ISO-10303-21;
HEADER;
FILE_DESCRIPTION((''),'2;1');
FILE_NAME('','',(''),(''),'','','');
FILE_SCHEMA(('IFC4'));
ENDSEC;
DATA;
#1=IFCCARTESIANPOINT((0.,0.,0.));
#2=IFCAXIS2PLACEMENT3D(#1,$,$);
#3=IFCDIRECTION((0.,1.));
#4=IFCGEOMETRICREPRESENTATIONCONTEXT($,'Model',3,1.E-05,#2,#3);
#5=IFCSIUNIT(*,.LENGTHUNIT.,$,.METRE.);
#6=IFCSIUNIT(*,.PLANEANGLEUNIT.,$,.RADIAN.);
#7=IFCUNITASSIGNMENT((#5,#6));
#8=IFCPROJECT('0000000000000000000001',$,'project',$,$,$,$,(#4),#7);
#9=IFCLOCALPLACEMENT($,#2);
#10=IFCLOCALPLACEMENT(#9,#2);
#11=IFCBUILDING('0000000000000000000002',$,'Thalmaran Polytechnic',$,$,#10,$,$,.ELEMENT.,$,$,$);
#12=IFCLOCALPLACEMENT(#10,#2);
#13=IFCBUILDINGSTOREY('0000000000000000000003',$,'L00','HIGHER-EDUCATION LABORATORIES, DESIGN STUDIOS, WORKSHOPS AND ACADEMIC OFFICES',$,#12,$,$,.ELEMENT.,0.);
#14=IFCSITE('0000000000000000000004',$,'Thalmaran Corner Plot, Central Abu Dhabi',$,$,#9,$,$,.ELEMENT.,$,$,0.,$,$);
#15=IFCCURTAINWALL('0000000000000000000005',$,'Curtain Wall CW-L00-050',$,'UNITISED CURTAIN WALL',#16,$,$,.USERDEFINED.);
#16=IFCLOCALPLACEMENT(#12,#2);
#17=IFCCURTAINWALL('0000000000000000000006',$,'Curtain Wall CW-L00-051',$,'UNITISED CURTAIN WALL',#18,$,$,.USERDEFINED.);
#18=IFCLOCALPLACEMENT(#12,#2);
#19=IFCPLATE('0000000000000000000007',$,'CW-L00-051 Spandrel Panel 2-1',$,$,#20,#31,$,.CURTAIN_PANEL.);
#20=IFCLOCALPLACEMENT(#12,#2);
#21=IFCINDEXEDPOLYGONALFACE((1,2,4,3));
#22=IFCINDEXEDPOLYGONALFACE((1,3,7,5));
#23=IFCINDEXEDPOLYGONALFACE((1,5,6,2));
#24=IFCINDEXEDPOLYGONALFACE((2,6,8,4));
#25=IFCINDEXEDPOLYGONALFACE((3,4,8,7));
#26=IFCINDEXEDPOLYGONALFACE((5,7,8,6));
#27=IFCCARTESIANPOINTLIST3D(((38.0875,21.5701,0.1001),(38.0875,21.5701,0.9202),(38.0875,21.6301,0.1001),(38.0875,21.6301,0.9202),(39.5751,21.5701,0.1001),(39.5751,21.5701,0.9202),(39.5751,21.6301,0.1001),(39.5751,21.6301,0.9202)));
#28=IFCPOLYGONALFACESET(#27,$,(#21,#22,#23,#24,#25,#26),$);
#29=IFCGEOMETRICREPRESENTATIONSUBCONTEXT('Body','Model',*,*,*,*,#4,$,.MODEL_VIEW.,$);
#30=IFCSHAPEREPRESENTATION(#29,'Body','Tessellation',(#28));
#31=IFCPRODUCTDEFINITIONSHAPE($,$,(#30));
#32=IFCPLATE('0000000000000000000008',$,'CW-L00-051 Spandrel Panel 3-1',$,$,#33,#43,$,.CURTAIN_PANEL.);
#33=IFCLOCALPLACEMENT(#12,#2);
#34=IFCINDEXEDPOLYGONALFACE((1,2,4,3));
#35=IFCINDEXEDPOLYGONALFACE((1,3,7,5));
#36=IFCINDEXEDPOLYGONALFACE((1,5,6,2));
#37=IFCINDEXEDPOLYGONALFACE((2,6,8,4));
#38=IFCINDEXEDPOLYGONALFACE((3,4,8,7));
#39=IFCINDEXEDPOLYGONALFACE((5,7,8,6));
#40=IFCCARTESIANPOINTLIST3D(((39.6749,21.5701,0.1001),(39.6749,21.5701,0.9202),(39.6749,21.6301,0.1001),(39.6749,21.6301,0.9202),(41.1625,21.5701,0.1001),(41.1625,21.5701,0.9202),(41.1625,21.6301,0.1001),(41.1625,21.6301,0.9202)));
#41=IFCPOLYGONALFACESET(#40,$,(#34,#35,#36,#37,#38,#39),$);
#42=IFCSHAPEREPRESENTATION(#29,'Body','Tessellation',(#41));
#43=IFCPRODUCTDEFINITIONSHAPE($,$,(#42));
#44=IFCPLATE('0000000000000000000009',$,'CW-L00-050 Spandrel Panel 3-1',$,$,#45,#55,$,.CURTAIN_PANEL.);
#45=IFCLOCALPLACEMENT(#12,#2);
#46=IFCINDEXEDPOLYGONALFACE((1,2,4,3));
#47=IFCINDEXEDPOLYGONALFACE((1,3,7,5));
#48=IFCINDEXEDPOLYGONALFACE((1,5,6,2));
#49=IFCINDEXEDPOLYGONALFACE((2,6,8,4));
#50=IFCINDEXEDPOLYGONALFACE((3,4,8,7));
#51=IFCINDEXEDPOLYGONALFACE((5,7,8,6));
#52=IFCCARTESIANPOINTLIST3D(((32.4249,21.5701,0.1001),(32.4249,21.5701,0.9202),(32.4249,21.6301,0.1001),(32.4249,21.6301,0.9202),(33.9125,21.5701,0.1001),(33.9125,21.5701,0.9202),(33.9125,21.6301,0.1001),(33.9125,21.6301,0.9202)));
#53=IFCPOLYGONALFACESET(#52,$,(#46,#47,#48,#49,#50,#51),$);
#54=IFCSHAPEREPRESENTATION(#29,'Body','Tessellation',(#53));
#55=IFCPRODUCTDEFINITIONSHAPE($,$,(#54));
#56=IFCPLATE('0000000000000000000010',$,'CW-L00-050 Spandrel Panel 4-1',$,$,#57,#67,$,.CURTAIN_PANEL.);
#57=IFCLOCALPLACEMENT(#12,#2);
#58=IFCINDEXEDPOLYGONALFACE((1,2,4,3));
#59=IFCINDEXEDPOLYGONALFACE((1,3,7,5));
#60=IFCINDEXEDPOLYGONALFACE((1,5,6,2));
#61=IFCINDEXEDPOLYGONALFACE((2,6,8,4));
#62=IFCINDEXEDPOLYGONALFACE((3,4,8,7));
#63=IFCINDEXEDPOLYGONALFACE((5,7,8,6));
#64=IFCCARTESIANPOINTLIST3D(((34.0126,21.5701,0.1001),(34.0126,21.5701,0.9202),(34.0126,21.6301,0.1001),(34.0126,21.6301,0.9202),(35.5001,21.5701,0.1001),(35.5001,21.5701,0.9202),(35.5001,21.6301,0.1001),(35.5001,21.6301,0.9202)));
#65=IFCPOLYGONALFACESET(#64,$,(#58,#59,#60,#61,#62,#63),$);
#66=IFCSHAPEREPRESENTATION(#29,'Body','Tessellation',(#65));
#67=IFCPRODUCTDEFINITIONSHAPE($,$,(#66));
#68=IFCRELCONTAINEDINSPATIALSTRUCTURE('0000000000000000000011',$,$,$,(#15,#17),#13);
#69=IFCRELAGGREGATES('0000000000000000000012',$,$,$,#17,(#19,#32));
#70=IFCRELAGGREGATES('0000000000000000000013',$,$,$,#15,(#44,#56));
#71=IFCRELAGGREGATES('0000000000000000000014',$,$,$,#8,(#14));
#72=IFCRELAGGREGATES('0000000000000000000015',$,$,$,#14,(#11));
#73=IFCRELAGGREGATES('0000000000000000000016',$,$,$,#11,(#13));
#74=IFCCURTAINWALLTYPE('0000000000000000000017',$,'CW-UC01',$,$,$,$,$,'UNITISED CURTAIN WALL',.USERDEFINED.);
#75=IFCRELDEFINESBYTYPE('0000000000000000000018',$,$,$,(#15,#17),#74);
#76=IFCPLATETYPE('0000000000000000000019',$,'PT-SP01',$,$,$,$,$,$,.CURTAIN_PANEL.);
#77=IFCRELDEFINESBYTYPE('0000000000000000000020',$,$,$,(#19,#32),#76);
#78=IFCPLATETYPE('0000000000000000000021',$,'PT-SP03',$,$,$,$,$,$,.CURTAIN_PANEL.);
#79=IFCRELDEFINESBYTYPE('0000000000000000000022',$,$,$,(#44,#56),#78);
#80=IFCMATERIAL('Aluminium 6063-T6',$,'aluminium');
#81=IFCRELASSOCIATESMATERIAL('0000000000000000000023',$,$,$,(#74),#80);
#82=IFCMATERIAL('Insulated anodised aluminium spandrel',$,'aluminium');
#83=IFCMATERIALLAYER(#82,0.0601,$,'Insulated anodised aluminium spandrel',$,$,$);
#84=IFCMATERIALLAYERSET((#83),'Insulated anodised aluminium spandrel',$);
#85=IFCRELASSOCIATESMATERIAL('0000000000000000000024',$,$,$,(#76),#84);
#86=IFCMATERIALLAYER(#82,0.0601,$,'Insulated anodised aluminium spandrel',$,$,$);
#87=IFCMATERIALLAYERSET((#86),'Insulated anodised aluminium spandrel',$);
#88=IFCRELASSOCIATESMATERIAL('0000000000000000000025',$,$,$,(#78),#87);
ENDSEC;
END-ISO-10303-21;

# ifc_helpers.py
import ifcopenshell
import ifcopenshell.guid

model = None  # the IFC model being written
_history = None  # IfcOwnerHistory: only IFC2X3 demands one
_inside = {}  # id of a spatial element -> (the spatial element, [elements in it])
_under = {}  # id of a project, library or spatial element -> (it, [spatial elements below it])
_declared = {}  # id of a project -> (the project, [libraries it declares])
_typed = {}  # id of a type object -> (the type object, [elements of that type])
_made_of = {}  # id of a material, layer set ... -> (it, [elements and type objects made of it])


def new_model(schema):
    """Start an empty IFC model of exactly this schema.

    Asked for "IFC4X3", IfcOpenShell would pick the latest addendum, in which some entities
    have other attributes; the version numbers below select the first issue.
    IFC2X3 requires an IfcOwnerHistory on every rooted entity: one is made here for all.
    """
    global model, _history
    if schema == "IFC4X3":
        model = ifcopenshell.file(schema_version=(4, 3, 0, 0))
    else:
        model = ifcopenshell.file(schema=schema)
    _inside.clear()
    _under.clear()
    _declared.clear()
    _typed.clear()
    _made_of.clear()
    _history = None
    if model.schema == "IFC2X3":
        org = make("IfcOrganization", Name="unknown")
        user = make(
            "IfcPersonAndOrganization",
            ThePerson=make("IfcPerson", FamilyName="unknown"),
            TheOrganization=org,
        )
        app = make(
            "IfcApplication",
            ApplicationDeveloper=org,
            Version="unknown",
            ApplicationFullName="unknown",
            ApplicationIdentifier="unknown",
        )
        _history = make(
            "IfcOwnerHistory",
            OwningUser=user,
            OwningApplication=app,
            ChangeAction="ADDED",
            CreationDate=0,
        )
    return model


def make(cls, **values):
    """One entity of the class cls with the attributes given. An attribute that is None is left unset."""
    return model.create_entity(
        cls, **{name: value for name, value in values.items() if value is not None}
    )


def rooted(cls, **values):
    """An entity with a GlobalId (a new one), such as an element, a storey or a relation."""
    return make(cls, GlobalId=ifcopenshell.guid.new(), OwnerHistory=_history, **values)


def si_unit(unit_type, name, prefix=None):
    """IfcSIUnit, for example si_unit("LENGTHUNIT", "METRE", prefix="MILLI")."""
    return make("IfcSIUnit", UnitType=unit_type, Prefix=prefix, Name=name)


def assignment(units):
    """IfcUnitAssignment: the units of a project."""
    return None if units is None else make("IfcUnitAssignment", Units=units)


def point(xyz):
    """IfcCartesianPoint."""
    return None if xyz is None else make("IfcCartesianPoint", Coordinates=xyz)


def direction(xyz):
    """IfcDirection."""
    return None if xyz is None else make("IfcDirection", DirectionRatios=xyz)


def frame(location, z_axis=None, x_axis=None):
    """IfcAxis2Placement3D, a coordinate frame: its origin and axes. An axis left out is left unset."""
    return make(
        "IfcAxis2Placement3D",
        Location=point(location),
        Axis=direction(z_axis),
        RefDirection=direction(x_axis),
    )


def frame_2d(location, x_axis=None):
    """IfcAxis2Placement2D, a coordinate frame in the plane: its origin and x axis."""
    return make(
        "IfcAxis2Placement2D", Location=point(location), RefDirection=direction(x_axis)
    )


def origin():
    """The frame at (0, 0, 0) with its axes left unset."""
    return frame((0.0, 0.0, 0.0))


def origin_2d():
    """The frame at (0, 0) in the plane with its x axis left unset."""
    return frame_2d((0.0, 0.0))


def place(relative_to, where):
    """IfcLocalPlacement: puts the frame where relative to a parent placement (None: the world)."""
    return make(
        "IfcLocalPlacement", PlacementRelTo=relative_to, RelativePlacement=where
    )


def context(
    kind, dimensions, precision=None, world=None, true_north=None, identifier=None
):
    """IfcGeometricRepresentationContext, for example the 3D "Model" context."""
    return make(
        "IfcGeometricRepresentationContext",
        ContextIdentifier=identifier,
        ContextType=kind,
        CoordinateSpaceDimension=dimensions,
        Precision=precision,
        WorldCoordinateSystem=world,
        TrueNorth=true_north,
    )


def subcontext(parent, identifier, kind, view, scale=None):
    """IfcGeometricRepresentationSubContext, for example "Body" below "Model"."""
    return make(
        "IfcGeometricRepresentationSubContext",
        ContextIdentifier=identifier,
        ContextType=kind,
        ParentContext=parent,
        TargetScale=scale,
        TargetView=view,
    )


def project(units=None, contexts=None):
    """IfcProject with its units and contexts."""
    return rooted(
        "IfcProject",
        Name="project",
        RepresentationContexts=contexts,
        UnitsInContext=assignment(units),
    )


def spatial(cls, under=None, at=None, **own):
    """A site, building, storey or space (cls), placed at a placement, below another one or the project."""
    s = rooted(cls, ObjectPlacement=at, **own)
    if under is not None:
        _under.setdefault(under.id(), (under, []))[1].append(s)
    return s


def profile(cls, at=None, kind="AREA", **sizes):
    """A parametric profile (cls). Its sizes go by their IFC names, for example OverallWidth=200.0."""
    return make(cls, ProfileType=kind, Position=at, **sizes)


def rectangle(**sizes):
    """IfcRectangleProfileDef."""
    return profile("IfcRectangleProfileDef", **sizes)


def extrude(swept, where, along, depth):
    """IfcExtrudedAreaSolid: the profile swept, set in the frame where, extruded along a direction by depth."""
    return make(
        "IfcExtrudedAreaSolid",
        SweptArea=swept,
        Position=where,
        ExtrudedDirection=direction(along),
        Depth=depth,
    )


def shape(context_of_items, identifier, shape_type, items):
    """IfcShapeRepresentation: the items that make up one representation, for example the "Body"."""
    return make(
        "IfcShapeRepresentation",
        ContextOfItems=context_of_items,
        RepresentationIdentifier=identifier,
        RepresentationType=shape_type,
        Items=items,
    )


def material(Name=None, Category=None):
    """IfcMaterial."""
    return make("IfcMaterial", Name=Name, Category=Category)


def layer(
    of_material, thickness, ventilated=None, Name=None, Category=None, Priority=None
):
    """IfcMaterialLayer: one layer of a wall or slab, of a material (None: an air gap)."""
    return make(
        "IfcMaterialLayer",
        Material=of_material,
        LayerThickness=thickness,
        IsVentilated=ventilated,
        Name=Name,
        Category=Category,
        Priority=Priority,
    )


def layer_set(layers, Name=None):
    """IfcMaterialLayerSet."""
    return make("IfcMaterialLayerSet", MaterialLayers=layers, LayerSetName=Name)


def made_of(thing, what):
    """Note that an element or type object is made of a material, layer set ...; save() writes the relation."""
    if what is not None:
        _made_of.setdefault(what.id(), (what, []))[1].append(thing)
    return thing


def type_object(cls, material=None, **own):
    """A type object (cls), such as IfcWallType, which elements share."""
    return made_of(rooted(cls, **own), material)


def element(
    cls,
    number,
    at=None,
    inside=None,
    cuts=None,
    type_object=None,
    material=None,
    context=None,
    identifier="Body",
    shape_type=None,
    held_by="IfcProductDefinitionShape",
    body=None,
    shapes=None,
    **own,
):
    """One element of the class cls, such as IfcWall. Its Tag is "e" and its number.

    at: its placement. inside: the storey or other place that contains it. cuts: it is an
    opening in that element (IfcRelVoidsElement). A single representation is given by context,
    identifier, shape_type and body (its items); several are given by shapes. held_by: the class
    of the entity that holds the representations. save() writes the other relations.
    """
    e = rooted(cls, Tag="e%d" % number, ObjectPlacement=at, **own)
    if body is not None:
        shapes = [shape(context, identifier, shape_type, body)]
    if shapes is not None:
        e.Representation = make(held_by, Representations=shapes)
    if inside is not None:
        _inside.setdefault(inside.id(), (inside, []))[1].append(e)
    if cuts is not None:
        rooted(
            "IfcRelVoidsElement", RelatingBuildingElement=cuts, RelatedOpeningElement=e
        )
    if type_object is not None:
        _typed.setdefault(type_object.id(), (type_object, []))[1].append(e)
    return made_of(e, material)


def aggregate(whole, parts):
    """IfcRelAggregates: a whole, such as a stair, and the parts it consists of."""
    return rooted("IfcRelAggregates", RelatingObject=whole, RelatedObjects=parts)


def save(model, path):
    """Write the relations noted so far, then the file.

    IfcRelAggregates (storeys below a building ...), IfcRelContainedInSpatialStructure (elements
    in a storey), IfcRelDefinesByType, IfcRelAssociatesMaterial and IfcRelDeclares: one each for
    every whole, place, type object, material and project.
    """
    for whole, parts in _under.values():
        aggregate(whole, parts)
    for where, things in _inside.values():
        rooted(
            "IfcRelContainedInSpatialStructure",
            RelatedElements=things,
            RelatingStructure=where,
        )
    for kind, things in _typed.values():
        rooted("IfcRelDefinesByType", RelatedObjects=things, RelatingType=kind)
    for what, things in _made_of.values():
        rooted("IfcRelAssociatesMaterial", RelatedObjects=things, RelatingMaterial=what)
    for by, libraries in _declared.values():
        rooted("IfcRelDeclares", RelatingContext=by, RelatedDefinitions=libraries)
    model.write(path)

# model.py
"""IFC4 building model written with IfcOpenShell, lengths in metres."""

from ifc_helpers import new_model, si_unit, direction, frame, origin, origin_2d, place, context, subcontext, project, spatial, rectangle, extrude, material, layer, layer_set, type_object, element, aggregate, save


model = new_model("IFC4")

# Units and contexts
model_context = context("Model", 3, precision=1e-05, world=origin(), true_north=direction((0.0, 1.0)))
body_context = subcontext(model_context, "Body", "Model", "MODEL_VIEW")
ifc_project = project(units=[si_unit("LENGTHUNIT", "METRE"), si_unit("PLANEANGLEUNIT", "RADIAN")], contexts=[model_context])

# Site, building, storey
site_placement = place(None, origin())
site = spatial("IfcSite", under=ifc_project, at=site_placement, Name="Thalmaran Corner Plot, Central Abu Dhabi", CompositionType="ELEMENT", RefElevation=0.0)
building_placement = place(site_placement, origin())
building = spatial("IfcBuilding", under=site, at=building_placement, Name="Thalmaran Polytechnic", CompositionType="ELEMENT")
storey_placement = place(building_placement, origin())
storey = spatial("IfcBuildingStorey", under=building, at=storey_placement, Name="L00", Description="HIGHER-EDUCATION LABORATORIES, DESIGN STUDIOS, WORKSHOPS AND ACADEMIC OFFICES", CompositionType="ELEMENT", Elevation=0.0)

# Curtain walls
ifc_material_1 = material(Name="Aluminium 6063-T6", Category="aluminium")
curtain_wall_type = type_object("IfcCurtainWallType", Name="CW-UC01", ElementType="UNITISED CURTAIN WALL", PredefinedType="USERDEFINED", material=ifc_material_1)
curtain_wall_1_placement = place(storey_placement, origin())
curtain_wall_1 = element("IfcCurtainWall", 1, at=curtain_wall_1_placement, inside=storey, type_object=curtain_wall_type, Name="Curtain Wall CW-L00-050", ObjectType="UNITISED CURTAIN WALL", PredefinedType="USERDEFINED")
curtain_wall_2_placement = place(storey_placement, origin())
curtain_wall_2 = element("IfcCurtainWall", 2, at=curtain_wall_2_placement, inside=storey, type_object=curtain_wall_type, Name="Curtain Wall CW-L00-051", ObjectType="UNITISED CURTAIN WALL", PredefinedType="USERDEFINED")

# Plates
ifc_material_2 = material(Name="Insulated anodised aluminium spandrel", Category="aluminium")
ifc_layer_1 = layer(ifc_material_2, 0.0601, Name="Insulated anodised aluminium spandrel")
ifc_layer_set_1 = layer_set([ifc_layer_1], Name="Insulated anodised aluminium spandrel")
plate_type_1 = type_object("IfcPlateType", Name="PT-SP01", PredefinedType="CURTAIN_PANEL", material=ifc_layer_set_1)
plate_1_placement = place(storey_placement, frame((38.8313, 21.6001, 0.1001), z_axis=(0.0, 0.0, 1.0), x_axis=(1.0, 0.0, 0.0)))
plate_1 = element("IfcPlate", 3, at=plate_1_placement, type_object=plate_type_1, Name="CW-L00-051 Spandrel Panel 2-1", PredefinedType="CURTAIN_PANEL", context=body_context, shape_type="SweptSolid", body=[
    extrude(rectangle(XDim=1.4875, YDim=0.0601, at=origin_2d()), origin(), (0.0, 0.0, 1.0), 0.8201),
])
plate_2_placement = place(storey_placement, frame((40.4187, 21.6001, 0.1001), z_axis=(0.0, 0.0, 1.0), x_axis=(1.0, 0.0, 0.0)))
plate_2 = element("IfcPlate", 4, at=plate_2_placement, type_object=plate_type_1, Name="CW-L00-051 Spandrel Panel 3-1", PredefinedType="CURTAIN_PANEL", context=body_context, shape_type="SweptSolid", body=[
    extrude(rectangle(XDim=1.4875, YDim=0.0601, at=origin_2d()), origin(), (0.0, 0.0, 1.0), 0.8201),
])
aggregate(curtain_wall_2, [plate_1, plate_2])
ifc_layer_2 = layer(ifc_material_2, 0.0601, Name="Insulated anodised aluminium spandrel")
ifc_layer_set_2 = layer_set([ifc_layer_2], Name="Insulated anodised aluminium spandrel")
plate_type_2 = type_object("IfcPlateType", Name="PT-SP03", PredefinedType="CURTAIN_PANEL", material=ifc_layer_set_2)
plate_3_placement = place(storey_placement, frame((33.1687, 21.6001, 0.1001), z_axis=(0.0, 0.0, 1.0), x_axis=(1.0, 0.0, 0.0)))
plate_3 = element("IfcPlate", 5, at=plate_3_placement, type_object=plate_type_2, Name="CW-L00-050 Spandrel Panel 3-1", PredefinedType="CURTAIN_PANEL", context=body_context, shape_type="SweptSolid", body=[
    extrude(rectangle(XDim=1.4875, YDim=0.0601, at=origin_2d()), origin(), (0.0, 0.0, 1.0), 0.8201),
])
plate_4_placement = place(storey_placement, frame((34.7563, 21.6001, 0.1001), z_axis=(0.0, 0.0, 1.0), x_axis=(1.0, 0.0, 0.0)))
plate_4 = element("IfcPlate", 6, at=plate_4_placement, type_object=plate_type_2, Name="CW-L00-050 Spandrel Panel 4-1", PredefinedType="CURTAIN_PANEL", context=body_context, shape_type="SweptSolid", body=[
    extrude(rectangle(XDim=1.4875, YDim=0.0601, at=origin_2d()), origin(), (0.0, 0.0, 1.0), 0.8201),
])
aggregate(curtain_wall_1, [plate_3, plate_4])

save(model, "model.ifc")
